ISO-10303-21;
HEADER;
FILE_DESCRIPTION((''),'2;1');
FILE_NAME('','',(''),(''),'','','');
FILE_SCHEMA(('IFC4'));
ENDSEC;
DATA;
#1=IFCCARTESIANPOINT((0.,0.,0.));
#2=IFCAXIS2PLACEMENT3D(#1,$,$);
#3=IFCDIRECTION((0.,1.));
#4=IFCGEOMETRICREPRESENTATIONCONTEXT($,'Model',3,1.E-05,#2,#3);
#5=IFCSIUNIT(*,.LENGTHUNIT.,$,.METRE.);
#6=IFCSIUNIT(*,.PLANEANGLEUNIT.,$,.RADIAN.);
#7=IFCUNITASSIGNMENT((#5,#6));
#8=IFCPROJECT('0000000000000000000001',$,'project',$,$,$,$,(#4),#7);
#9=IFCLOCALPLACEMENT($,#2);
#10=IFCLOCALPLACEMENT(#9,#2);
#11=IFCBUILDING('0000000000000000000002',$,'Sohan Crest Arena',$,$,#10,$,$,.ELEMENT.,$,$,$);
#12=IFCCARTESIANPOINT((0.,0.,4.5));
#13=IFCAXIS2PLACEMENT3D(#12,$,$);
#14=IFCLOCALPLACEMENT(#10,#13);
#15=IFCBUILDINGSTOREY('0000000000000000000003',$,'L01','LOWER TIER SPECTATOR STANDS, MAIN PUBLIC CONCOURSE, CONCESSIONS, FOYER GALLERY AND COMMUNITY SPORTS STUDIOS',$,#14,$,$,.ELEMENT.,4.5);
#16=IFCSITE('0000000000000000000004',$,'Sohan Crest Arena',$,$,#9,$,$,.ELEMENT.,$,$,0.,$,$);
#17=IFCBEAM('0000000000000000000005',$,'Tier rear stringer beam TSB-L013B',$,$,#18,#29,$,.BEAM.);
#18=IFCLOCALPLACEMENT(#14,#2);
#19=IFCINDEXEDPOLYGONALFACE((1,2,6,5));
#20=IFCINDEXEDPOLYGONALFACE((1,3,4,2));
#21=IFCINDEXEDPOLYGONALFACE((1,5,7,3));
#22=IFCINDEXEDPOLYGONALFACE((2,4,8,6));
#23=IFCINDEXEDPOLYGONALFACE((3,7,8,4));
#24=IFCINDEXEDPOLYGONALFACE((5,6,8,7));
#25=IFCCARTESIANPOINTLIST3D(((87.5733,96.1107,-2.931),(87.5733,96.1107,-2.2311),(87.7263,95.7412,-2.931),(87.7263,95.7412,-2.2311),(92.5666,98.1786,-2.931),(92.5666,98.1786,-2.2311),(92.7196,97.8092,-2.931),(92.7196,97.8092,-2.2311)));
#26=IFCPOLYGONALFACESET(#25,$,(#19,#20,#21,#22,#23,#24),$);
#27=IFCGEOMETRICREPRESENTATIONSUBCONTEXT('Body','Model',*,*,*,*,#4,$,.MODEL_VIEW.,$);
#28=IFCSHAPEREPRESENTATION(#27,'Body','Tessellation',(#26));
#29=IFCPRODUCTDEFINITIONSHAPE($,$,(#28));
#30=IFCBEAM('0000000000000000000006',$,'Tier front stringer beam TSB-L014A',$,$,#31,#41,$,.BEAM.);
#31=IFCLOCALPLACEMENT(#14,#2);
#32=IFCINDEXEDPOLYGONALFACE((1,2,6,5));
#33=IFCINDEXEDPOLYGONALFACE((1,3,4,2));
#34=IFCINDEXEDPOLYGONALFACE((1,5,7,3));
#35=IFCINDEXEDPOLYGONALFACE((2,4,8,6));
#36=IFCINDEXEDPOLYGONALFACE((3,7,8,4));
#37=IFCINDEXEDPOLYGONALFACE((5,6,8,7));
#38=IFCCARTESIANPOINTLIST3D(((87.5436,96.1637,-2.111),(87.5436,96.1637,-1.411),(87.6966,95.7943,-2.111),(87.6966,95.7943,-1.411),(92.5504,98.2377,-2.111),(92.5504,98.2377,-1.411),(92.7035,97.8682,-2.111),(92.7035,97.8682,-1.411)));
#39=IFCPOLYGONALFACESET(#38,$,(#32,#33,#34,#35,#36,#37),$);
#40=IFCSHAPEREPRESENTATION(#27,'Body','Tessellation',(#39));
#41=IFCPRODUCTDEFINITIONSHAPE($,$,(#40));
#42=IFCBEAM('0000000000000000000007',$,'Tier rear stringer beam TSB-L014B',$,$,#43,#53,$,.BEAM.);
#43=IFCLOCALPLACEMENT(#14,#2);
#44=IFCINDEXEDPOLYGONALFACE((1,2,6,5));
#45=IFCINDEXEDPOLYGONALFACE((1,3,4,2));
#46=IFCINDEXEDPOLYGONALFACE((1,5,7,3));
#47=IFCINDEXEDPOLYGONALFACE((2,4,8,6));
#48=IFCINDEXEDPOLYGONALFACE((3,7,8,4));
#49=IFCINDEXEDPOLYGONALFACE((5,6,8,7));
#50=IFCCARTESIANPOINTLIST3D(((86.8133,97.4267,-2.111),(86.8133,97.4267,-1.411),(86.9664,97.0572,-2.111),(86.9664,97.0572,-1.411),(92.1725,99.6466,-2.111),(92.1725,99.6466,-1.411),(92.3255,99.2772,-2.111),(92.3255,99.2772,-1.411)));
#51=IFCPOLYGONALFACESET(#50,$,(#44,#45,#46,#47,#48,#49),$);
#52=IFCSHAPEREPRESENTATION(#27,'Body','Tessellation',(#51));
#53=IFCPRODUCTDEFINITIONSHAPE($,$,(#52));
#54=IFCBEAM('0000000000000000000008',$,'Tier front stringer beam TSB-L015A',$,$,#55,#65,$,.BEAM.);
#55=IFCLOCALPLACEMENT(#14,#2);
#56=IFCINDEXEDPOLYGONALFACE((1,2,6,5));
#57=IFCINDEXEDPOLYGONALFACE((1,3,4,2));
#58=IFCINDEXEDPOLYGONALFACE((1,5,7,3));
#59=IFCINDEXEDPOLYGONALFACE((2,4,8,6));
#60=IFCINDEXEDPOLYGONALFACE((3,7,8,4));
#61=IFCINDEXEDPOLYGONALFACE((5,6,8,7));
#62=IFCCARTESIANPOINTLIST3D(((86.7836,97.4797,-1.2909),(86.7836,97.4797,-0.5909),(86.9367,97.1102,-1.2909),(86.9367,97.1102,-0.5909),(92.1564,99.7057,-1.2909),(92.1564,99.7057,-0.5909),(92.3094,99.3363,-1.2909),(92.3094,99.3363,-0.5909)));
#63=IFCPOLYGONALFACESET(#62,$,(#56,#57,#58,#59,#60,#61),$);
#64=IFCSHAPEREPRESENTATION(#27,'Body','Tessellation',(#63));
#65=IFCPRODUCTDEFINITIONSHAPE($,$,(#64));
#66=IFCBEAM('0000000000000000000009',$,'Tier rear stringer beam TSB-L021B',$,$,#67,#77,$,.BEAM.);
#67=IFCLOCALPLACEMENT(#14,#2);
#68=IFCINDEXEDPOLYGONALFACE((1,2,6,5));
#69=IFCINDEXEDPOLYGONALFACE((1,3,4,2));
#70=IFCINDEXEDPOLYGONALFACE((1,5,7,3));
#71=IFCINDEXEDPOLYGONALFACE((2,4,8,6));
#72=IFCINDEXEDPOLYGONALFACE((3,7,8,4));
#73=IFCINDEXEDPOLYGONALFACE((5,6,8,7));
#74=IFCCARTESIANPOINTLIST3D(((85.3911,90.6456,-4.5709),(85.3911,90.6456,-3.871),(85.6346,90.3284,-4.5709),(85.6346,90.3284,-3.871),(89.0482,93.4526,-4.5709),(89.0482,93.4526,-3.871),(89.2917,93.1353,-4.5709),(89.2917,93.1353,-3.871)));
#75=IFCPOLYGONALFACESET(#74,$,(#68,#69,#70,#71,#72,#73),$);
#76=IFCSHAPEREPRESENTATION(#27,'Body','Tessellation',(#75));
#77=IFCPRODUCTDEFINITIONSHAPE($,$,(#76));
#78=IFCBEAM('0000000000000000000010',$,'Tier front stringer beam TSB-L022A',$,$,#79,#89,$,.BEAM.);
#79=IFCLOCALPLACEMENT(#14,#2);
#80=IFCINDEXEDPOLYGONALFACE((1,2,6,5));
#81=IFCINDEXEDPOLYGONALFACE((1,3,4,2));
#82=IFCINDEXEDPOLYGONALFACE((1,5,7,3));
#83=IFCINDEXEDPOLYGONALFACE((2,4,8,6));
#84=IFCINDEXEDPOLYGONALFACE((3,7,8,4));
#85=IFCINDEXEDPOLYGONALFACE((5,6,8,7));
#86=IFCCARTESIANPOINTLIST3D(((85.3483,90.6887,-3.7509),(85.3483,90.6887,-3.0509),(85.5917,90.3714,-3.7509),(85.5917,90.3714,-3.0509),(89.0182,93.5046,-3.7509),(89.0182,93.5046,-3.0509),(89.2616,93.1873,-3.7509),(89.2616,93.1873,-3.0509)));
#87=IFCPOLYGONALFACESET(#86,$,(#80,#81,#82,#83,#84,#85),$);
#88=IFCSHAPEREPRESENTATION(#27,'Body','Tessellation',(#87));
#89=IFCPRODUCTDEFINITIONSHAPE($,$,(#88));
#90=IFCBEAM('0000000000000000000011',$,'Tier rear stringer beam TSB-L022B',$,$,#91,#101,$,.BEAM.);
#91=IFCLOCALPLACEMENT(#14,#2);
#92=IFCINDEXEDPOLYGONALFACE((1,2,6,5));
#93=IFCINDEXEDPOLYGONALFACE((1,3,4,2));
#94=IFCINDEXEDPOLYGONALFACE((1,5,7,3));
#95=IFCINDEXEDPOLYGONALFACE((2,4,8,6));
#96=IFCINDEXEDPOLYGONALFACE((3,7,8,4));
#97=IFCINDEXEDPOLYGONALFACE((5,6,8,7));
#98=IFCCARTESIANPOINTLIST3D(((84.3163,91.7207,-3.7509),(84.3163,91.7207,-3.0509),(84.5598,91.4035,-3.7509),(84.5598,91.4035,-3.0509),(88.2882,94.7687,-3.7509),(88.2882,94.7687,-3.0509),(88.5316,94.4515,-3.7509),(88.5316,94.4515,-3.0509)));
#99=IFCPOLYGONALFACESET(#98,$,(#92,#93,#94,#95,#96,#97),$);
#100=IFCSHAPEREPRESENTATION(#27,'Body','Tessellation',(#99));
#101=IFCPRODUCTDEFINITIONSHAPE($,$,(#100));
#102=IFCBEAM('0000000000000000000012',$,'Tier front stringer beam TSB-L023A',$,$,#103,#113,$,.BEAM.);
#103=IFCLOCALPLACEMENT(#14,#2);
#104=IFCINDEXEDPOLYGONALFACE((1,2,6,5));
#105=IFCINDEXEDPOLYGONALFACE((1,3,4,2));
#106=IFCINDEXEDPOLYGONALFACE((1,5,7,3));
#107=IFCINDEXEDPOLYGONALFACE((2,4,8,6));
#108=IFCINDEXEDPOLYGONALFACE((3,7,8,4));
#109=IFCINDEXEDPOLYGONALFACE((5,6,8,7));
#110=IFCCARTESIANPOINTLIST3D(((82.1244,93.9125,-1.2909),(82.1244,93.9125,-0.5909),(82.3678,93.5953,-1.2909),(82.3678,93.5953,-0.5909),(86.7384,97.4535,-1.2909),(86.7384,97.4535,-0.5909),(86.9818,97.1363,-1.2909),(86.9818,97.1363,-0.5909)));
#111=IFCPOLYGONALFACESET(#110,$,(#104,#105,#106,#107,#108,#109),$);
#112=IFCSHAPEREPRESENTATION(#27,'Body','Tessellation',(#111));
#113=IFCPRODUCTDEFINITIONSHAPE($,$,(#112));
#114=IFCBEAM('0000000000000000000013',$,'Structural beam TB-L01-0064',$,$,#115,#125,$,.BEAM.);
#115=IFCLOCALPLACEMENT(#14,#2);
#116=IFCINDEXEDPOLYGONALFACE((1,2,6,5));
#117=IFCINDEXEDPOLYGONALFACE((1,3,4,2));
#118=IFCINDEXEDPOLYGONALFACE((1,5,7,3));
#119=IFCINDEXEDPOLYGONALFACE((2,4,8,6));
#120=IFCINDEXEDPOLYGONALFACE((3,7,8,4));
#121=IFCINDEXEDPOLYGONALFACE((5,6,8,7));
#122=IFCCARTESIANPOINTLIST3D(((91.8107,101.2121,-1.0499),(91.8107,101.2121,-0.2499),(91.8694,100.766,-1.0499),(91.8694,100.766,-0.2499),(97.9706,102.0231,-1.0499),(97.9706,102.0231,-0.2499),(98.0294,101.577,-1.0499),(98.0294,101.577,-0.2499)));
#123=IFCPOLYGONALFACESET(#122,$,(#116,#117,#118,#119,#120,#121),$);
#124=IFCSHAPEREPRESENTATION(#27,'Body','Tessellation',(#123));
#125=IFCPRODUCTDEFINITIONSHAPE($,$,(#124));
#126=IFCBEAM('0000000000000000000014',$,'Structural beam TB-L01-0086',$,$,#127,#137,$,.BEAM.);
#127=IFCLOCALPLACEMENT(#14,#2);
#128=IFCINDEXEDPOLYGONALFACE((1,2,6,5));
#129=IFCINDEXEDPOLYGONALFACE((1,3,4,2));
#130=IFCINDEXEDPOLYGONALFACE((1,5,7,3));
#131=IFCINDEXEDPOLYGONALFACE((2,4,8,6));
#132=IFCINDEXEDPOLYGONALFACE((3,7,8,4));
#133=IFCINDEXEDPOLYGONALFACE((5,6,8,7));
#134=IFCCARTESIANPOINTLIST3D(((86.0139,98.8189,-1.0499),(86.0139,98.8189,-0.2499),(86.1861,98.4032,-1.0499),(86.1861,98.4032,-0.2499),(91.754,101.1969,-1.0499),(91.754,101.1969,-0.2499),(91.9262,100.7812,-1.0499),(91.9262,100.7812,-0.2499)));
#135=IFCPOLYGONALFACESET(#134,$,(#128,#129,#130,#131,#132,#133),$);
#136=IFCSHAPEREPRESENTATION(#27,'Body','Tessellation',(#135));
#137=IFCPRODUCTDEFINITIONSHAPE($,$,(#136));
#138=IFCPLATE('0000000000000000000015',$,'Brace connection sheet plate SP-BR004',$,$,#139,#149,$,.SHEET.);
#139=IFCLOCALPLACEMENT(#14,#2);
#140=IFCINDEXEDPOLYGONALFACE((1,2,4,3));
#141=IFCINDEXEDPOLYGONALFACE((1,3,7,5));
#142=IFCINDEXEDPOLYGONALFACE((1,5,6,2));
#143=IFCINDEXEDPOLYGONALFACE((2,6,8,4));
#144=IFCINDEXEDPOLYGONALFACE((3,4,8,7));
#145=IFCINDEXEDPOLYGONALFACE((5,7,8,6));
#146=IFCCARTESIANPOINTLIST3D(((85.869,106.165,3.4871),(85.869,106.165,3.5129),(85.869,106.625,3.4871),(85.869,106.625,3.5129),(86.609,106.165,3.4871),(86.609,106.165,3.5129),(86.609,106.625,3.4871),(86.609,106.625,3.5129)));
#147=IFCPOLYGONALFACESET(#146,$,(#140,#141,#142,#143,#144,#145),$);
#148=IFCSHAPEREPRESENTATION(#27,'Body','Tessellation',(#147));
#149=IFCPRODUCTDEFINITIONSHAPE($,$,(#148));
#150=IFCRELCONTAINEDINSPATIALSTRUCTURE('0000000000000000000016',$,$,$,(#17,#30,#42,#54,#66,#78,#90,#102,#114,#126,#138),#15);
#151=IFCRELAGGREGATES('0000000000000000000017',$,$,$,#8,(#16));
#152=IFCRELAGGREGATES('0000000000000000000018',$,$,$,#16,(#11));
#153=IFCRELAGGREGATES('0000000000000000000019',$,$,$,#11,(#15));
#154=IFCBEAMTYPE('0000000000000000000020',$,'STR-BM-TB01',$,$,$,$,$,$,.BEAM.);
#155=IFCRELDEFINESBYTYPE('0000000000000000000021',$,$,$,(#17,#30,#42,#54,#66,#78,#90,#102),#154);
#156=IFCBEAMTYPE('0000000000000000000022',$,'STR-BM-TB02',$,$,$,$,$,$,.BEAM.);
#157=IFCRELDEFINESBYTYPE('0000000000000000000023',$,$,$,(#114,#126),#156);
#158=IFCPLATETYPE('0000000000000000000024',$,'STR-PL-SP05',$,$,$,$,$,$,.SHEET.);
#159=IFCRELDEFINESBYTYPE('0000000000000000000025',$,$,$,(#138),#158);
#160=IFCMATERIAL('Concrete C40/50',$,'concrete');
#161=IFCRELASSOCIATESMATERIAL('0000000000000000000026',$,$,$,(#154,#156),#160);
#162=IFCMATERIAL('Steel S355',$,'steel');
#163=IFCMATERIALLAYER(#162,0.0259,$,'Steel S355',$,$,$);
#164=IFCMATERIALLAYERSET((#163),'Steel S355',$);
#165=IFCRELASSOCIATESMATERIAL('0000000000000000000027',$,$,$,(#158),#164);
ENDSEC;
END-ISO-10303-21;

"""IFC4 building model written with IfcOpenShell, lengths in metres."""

from ifc_helpers import new_model, si_unit, direction, frame, origin, origin_2d, place, context, subcontext, project, spatial, rectangle, extrude, material, layer, layer_set, material_profile, profile_set, type_object, element, save


model = new_model("IFC4")

# Units and contexts
model_context = context("Model", 3, precision=1e-05, world=origin(), true_north=direction((0.0, 1.0)))
body_context = subcontext(model_context, "Body", "Model", "MODEL_VIEW")
ifc_project = project(units=[si_unit("LENGTHUNIT", "METRE"), si_unit("PLANEANGLEUNIT", "RADIAN")], contexts=[model_context])

# Site, building, storey
site_placement = place(None, origin())
site = spatial("IfcSite", under=ifc_project, at=site_placement, Name="Sohan Crest Arena", CompositionType="ELEMENT", RefElevation=0.0)
building_placement = place(site_placement, origin())
building = spatial("IfcBuilding", under=site, at=building_placement, Name="Sohan Crest Arena", CompositionType="ELEMENT")
storey_placement = place(building_placement, frame((0.0, 0.0, 4.5)))
storey = spatial("IfcBuildingStorey", under=building, at=storey_placement, Name="L01", Description="LOWER TIER SPECTATOR STANDS, MAIN PUBLIC CONCOURSE, CONCESSIONS, FOYER GALLERY AND COMMUNITY SPORTS STUDIOS", CompositionType="ELEMENT", Elevation=4.5)

# Shared definitions
ifc_material_1 = material(Name="Concrete C40/50", Category="concrete")

# Beams
ifc_material_2 = material(Name="Steel S355", Category="steel")
ifc_material_profile_1 = material_profile(ifc_material_1, rectangle(XDim=0.3999, YDim=0.7, at=origin_2d()), Name="RC-BM 400x700")
ifc_profile_set_1 = profile_set([ifc_material_profile_1], Name="Concrete C40/50")
beam_type_1 = type_object("IfcBeamType", Name="STR-BM-TB01", PredefinedType="BEAM", material=ifc_profile_set_1)
beam_1_placement = place(storey_placement, frame((92.6431, 97.9939, -2.5811), z_axis=(-0.923903, -0.382626, 0.0), x_axis=(0.382626, -0.923903, 0.0)))
element("IfcBeam", 1, at=beam_1_placement, inside=storey, type_object=beam_type_1, Name="Tier rear stringer beam TSB-L013B", PredefinedType="BEAM", context=body_context, shape_type="SweptSolid", body=[
    extrude(rectangle(XDim=0.3999, YDim=0.7, at=origin_2d()), origin(), (0.0, 0.0, 1.0), 5.4045),
])
beam_2_placement = place(storey_placement, frame((92.627, 98.053, -1.761), z_axis=(-0.923875, -0.382695, 0.0), x_axis=(0.382695, -0.923875, 0.0)))
element("IfcBeam", 2, at=beam_2_placement, inside=storey, type_object=beam_type_1, Name="Tier front stringer beam TSB-L014A", PredefinedType="BEAM", context=body_context, shape_type="SweptSolid", body=[
    extrude(rectangle(XDim=0.3999, YDim=0.7, at=origin_2d()), origin(), (0.0, 0.0, 1.0), 5.4194),
])
beam_3_placement = place(storey_placement, frame((92.249, 99.4619, -1.761), z_axis=(-0.923871, -0.382705, 0.0), x_axis=(0.382705, -0.923871, 0.0)))
element("IfcBeam", 3, at=beam_3_placement, inside=storey, type_object=beam_type_1, Name="Tier rear stringer beam TSB-L014B", PredefinedType="BEAM", context=body_context, shape_type="SweptSolid", body=[
    extrude(rectangle(XDim=0.3999, YDim=0.7, at=origin_2d()), origin(), (0.0, 0.0, 1.0), 5.8008),
])
beam_4_placement = place(storey_placement, frame((92.2329, 99.521, -0.9409), z_axis=(-0.923844, -0.38277, 0.0), x_axis=(0.38277, -0.923844, 0.0)))
element("IfcBeam", 4, at=beam_4_placement, inside=storey, type_object=beam_type_1, Name="Tier front stringer beam TSB-L015A", PredefinedType="BEAM", context=body_context, shape_type="SweptSolid", body=[
    extrude(rectangle(XDim=0.3999, YDim=0.7, at=origin_2d()), origin(), (0.0, 0.0, 1.0), 5.8157),
])
beam_5_placement = place(storey_placement, frame((89.1699, 93.2939, -4.2209), z_axis=(-0.793271, -0.608868, 0.0), x_axis=(0.608868, -0.793271, 0.0)))
element("IfcBeam", 5, at=beam_5_placement, inside=storey, type_object=beam_type_1, Name="Tier rear stringer beam TSB-L021B", PredefinedType="BEAM", context=body_context, shape_type="SweptSolid", body=[
    extrude(rectangle(XDim=0.3999, YDim=0.7, at=origin_2d()), origin(), (0.0, 0.0, 1.0), 4.6101),
])
beam_6_placement = place(storey_placement, frame((89.1399, 93.3459, -3.4009), z_axis=(-0.793365, -0.608746, 0.0), x_axis=(0.608746, -0.793365, 0.0)))
element("IfcBeam", 6, at=beam_6_placement, inside=storey, type_object=beam_type_1, Name="Tier front stringer beam TSB-L022A", PredefinedType="BEAM", context=body_context, shape_type="SweptSolid", body=[
    extrude(rectangle(XDim=0.3999, YDim=0.7, at=origin_2d()), origin(), (0.0, 0.0, 1.0), 4.6257),
])
beam_7_placement = place(storey_placement, frame((88.4099, 94.6101, -3.4009), z_axis=(-0.793321, -0.608803, 0.0), x_axis=(0.608803, -0.793321, 0.0)))
element("IfcBeam", 7, at=beam_7_placement, inside=storey, type_object=beam_type_1, Name="Tier rear stringer beam TSB-L022B", PredefinedType="BEAM", context=body_context, shape_type="SweptSolid", body=[
    extrude(rectangle(XDim=0.3999, YDim=0.7, at=origin_2d()), origin(), (0.0, 0.0, 1.0), 5.0066),
])
beam_8_placement = place(storey_placement, frame((86.8601, 97.2949, -0.9409), z_axis=(-0.793307, -0.608822, 0.0), x_axis=(0.608822, -0.793307, 0.0)))
element("IfcBeam", 8, at=beam_8_placement, inside=storey, type_object=beam_type_1, Name="Tier front stringer beam TSB-L023A", PredefinedType="BEAM", context=body_context, shape_type="SweptSolid", body=[
    extrude(rectangle(XDim=0.3999, YDim=0.7, at=origin_2d()), origin(), (0.0, 0.0, 1.0), 5.8162),
])
ifc_material_profile_2 = material_profile(ifc_material_1, rectangle(XDim=0.45, YDim=0.8, at=origin_2d()), Name="RC-BM 450x800")
ifc_profile_set_2 = profile_set([ifc_material_profile_2], Name="Concrete C40/50")
beam_type_2 = type_object("IfcBeamType", Name="STR-BM-TB02", PredefinedType="BEAM", material=ifc_profile_set_2)
for number, where, z_axis, x_axis, name in (
    (9, (98.0, 101.8, -0.6499), (-0.991443, -0.130537, 0.0), (0.130537, -0.991443, 0.0), "Structural beam TB-L01-0064"),
    (10, (91.8401, 100.989, -0.6499), (-0.92386, -0.382731, 0.0), (0.382731, -0.92386, 0.0), "Structural beam TB-L01-0086"),
):
    element("IfcBeam", number, at=place(storey_placement, frame(where, z_axis=z_axis, x_axis=x_axis)), inside=storey, type_object=beam_type_2, Name=name, PredefinedType="BEAM", context=body_context, shape_type="SweptSolid", body=[
        extrude(rectangle(XDim=0.45, YDim=0.8, at=origin_2d()), origin(), (0.0, 0.0, 1.0), 6.2131),
    ])

# Plate
ifc_layer = layer(ifc_material_2, 0.0259, Name="Steel S355")
ifc_layer_set = layer_set([ifc_layer], Name="Steel S355")
plate_type = type_object("IfcPlateType", Name="STR-PL-SP05", PredefinedType="SHEET", material=ifc_layer_set)
plate_placement = place(storey_placement, frame((86.239, 106.395, 3.4871), z_axis=(0.0, 0.0, 1.0), x_axis=(1.0, 0.0, 0.0)))
element("IfcPlate", 11, at=plate_placement, inside=storey, type_object=plate_type, Name="Brace connection sheet plate SP-BR004", PredefinedType="SHEET", context=body_context, shape_type="SweptSolid", body=[
    extrude(rectangle(XDim=0.74, YDim=0.46, at=origin_2d()), origin(), (0.0, 0.0, 1.0), 0.0259),
])

save(model, "model.ifc")
